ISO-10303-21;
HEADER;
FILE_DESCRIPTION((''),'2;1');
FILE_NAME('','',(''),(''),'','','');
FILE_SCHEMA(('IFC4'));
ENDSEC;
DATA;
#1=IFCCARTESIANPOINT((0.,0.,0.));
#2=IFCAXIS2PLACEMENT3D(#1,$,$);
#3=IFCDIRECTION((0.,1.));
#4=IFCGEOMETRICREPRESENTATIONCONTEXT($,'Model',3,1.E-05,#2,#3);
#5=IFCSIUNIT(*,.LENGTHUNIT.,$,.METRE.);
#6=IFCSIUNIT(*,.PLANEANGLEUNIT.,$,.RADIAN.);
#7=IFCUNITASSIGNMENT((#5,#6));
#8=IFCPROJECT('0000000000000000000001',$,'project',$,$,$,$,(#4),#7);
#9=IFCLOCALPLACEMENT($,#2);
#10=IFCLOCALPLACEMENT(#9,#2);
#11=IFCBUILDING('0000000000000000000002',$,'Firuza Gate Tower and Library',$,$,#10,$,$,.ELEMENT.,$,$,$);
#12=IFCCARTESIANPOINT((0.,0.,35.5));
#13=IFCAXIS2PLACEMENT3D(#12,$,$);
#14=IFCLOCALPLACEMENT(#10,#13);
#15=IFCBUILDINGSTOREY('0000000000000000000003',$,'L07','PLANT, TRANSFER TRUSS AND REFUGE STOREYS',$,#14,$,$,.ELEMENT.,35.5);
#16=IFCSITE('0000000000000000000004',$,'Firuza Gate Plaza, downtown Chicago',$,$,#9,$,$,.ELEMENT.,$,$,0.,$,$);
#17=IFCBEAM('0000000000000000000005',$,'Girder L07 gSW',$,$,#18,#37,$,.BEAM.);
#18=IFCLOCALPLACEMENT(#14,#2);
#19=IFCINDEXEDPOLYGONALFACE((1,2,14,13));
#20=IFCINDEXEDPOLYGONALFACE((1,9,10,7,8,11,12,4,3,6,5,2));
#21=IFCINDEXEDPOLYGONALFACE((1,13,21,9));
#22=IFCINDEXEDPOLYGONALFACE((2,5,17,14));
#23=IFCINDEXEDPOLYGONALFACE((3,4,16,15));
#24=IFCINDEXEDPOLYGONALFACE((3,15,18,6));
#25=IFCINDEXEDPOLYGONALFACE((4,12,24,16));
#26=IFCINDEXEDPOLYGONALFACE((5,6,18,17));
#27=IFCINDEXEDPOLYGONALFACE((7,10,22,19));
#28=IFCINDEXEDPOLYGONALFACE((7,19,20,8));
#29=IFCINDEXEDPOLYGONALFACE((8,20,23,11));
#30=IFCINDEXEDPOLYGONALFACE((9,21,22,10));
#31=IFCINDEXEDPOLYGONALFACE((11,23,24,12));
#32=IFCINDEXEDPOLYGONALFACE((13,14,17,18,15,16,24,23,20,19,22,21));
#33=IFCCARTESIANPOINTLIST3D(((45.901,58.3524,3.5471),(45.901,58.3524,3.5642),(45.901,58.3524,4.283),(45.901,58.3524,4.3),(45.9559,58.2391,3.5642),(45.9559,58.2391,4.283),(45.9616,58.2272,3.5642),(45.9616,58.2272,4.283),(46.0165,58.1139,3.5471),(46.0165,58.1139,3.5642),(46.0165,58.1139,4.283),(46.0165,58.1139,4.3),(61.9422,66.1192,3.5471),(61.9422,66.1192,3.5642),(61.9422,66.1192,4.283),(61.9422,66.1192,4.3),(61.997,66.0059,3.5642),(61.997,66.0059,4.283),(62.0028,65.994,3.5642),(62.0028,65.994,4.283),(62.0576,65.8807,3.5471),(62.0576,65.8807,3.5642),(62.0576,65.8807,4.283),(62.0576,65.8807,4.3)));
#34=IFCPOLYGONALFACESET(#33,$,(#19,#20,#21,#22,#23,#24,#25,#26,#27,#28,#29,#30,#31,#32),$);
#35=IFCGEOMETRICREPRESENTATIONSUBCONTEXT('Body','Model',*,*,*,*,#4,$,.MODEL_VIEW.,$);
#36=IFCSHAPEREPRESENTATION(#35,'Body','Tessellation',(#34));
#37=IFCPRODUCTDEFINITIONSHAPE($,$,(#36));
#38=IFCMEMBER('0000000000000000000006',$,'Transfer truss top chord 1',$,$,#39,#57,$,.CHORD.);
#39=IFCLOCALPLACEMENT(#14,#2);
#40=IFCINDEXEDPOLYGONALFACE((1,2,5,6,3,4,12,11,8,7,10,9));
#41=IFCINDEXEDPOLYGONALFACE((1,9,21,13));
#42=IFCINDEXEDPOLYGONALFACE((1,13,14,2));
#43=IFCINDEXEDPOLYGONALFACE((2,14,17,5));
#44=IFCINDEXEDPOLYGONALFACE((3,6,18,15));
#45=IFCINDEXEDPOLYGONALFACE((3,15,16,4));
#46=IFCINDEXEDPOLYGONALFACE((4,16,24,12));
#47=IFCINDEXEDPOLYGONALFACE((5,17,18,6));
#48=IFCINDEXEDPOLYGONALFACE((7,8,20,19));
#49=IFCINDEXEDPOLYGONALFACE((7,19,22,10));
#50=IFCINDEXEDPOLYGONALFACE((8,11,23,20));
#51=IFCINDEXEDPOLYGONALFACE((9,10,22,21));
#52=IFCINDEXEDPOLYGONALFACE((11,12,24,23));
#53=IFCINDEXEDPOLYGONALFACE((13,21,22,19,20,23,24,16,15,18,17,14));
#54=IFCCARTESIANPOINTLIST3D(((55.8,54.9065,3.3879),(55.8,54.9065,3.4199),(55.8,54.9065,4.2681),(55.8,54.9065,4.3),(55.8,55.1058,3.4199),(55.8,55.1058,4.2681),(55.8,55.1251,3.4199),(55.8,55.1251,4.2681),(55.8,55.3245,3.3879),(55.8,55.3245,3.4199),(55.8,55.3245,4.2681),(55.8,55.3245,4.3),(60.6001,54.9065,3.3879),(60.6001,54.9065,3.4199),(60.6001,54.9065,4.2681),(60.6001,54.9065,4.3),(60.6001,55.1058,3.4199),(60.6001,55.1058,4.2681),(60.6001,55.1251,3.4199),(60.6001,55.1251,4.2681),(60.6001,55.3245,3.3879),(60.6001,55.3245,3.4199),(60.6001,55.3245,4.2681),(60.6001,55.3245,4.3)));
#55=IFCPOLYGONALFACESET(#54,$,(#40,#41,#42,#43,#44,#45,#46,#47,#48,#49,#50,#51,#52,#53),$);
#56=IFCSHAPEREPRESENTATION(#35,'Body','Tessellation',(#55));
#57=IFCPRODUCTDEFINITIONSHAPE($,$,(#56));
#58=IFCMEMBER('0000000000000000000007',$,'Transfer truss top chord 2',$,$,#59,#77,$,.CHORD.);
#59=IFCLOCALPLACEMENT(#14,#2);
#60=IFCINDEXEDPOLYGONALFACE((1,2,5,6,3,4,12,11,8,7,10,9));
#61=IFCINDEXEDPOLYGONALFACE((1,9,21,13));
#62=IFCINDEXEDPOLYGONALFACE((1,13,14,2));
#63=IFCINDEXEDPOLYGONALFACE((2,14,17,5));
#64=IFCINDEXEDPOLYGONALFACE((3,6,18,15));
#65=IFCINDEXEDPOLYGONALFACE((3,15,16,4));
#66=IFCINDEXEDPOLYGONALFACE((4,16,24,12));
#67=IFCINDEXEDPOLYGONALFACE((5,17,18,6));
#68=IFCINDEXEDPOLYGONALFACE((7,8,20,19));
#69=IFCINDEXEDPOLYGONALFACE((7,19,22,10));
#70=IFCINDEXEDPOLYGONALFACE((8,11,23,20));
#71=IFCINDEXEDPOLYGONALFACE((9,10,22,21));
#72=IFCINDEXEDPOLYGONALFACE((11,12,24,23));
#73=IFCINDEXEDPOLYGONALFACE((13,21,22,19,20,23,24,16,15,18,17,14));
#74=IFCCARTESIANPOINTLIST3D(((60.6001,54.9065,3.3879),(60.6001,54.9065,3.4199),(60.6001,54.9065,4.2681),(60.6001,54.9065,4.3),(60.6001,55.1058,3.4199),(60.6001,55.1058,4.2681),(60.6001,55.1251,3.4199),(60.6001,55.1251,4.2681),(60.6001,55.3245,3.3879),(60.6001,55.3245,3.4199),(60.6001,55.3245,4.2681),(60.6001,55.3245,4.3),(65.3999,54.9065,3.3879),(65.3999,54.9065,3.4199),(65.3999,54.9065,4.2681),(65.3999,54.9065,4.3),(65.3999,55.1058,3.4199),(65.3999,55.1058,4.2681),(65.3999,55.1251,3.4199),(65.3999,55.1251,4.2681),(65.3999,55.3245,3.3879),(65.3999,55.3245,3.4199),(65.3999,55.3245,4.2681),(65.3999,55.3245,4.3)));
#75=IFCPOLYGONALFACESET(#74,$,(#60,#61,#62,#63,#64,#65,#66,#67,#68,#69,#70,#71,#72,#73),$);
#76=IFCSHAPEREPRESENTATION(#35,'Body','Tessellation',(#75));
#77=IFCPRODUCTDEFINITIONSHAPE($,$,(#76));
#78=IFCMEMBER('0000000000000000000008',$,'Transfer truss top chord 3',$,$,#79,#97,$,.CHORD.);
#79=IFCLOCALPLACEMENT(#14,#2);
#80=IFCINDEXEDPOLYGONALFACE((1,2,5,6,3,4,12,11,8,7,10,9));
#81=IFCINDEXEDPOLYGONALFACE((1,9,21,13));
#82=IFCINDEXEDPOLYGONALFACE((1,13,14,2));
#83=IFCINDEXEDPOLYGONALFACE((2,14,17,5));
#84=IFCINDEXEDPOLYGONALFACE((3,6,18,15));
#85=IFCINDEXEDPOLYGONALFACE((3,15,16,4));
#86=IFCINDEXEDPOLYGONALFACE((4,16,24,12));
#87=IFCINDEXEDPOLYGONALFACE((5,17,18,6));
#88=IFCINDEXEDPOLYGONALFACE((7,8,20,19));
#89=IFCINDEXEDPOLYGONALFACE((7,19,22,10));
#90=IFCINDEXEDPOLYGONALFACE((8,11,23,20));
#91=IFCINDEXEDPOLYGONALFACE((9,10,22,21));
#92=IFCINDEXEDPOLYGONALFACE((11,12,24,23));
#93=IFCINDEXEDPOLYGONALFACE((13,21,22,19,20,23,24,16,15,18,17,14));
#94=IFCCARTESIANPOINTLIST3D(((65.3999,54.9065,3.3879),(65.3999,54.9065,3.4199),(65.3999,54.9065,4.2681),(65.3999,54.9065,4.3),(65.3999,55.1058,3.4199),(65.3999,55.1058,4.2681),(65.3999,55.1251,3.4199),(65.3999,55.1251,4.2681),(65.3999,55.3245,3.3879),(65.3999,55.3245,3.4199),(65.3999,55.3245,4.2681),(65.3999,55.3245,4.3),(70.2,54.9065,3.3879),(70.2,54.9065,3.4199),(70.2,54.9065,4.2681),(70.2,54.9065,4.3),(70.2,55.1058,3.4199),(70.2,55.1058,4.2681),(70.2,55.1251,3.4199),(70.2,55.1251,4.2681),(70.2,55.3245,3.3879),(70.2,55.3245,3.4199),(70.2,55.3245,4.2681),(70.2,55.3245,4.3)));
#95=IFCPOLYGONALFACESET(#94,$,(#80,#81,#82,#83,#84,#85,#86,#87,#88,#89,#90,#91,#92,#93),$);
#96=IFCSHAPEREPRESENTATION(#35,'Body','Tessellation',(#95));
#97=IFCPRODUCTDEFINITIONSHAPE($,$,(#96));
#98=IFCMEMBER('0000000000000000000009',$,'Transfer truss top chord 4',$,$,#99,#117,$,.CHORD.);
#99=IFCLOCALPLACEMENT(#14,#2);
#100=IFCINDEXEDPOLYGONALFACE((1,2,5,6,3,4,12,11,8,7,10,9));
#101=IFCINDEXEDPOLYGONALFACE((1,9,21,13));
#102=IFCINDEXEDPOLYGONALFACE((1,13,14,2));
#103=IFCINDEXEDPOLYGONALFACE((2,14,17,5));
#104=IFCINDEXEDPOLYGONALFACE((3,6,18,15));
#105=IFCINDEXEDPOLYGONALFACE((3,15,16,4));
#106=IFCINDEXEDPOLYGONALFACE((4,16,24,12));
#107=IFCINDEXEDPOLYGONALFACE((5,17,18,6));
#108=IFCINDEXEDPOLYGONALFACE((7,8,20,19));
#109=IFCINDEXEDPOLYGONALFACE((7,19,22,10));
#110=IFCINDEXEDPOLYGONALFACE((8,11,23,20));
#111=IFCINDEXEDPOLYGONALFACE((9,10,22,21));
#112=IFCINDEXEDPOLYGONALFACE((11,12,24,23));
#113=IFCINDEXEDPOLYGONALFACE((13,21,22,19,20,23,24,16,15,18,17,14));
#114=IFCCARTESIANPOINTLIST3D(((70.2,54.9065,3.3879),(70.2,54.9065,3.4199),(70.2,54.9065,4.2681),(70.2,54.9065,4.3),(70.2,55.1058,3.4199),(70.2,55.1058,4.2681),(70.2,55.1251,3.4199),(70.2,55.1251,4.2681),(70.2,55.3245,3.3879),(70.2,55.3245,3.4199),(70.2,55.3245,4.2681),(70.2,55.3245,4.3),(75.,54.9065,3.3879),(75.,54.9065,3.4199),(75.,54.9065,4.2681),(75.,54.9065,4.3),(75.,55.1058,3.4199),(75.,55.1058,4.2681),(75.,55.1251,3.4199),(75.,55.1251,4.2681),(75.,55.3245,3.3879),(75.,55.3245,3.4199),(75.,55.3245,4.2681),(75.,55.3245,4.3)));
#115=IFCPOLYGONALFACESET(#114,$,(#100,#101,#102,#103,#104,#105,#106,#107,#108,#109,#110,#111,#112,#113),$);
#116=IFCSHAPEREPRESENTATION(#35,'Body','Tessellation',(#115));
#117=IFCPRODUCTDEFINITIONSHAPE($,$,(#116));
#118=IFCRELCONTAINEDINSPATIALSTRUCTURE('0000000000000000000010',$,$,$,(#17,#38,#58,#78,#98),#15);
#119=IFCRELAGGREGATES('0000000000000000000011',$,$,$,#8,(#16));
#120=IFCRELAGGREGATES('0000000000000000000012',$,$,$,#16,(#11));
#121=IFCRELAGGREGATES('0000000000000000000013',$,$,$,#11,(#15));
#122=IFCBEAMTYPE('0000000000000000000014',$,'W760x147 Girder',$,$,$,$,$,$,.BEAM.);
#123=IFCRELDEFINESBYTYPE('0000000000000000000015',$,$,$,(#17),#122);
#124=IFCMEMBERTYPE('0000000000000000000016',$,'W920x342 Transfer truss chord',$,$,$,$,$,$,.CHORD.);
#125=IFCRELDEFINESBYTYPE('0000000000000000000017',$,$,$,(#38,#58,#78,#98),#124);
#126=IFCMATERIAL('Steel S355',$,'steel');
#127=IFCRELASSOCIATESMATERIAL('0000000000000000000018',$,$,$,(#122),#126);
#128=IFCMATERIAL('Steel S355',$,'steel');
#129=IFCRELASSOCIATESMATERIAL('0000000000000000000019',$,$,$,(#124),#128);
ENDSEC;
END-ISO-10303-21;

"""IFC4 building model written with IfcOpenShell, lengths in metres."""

from ifc_helpers import new_model, si_unit, direction, frame, origin, origin_2d, place, context, subcontext, project, spatial, i_section, extrude, material, material_profile, profile_set, type_object, element, save


model = new_model("IFC4")

# Units and contexts
model_context = context("Model", 3, precision=1e-05, world=origin(), true_north=direction((0.0, 1.0)))
body_context = subcontext(model_context, "Body", "Model", "MODEL_VIEW")
ifc_project = project(units=[si_unit("LENGTHUNIT", "METRE"), si_unit("PLANEANGLEUNIT", "RADIAN")], contexts=[model_context])

# Site, building, storey
site_placement = place(None, origin())
site = spatial("IfcSite", under=ifc_project, at=site_placement, Name="Firuza Gate Plaza, downtown Chicago", CompositionType="ELEMENT", RefElevation=0.0)
building_placement = place(site_placement, origin())
building = spatial("IfcBuilding", under=site, at=building_placement, Name="Firuza Gate Tower and Library", CompositionType="ELEMENT")
storey_placement = place(building_placement, frame((0.0, 0.0, 35.5)))
storey = spatial("IfcBuildingStorey", under=building, at=storey_placement, Name="L07", Description="PLANT, TRANSFER TRUSS AND REFUGE STOREYS", CompositionType="ELEMENT", Elevation=35.5)

# Beam
ifc_material_1 = material(Name="Steel S355", Category="steel")
ifc_material_profile_1 = material_profile(ifc_material_1, i_section(OverallWidth=0.2649, OverallDepth=0.7529, WebThickness=0.0132, FlangeThickness=0.0171, at=origin_2d()))
ifc_profile_set_1 = profile_set([ifc_material_profile_1], Name="Steel S355")
beam_type_1 = type_object("IfcBeamType", Name="W760x147 Girder", PredefinedType="BEAM", material=ifc_profile_set_1)
beam_1_placement = place(storey_placement, frame((45.9587, 58.2332, 3.9236), z_axis=(0.90005, 0.435786, 0.0), x_axis=(-0.435786, 0.90005, 0.0)))
element("IfcBeam", 1, at=beam_1_placement, inside=storey, type_object=beam_type_1, Name="Girder L07 gSW", PredefinedType="BEAM", context=body_context, shape_type="SweptSolid", body=[
    extrude(i_section(OverallWidth=0.2649, OverallDepth=0.7529, WebThickness=0.0132, FlangeThickness=0.0171, at=origin_2d()), origin(), (0.0, 0.0, 1.0), 17.8225),
])

# Members
ifc_material_2 = material(Name="Steel S355", Category="steel")
ifc_material_profile_2 = material_profile(ifc_material_2, i_section(OverallWidth=0.418, OverallDepth=0.9121, WebThickness=0.0193, FlangeThickness=0.032, at=origin_2d()))
ifc_profile_set_2 = profile_set([ifc_material_profile_2], Name="Steel S355")
member_type = type_object("IfcMemberType", Name="W920x342 Transfer truss chord", PredefinedType="CHORD", material=ifc_profile_set_2)
member_1_placement = place(storey_placement, frame((55.8, 55.1155, 3.844), z_axis=(1.0, 0.0, 0.0), x_axis=(0.0, 1.0, 0.0)))
element("IfcMember", 2, at=member_1_placement, inside=storey, type_object=member_type, Name="Transfer truss top chord 1", PredefinedType="CHORD", context=body_context, shape_type="SweptSolid", body=[
    extrude(i_section(OverallWidth=0.418, OverallDepth=0.9121, WebThickness=0.0193, FlangeThickness=0.032, at=origin_2d()), origin(), (0.0, 0.0, 1.0), 4.8),
])
member_2_placement = place(storey_placement, frame((60.6001, 55.1155, 3.844), z_axis=(1.0, 0.0, 0.0), x_axis=(0.0, 1.0, 0.0)))
element("IfcMember", 3, at=member_2_placement, inside=storey, type_object=member_type, Name="Transfer truss top chord 2", PredefinedType="CHORD", context=body_context, shape_type="SweptSolid", body=[
    extrude(i_section(OverallWidth=0.418, OverallDepth=0.9121, WebThickness=0.0193, FlangeThickness=0.032, at=origin_2d()), origin(), (0.0, 0.0, 1.0), 4.7998),
])
for number, where, z_axis, x_axis, name in (
    (4, (65.3999, 55.1155, 3.844), (1.0, 0.0, 0.0), (0.0, 1.0, 0.0), "Transfer truss top chord 3"),
    (5, (70.2, 55.1155, 3.844), (1.0, 0.0, 0.0), (0.0, 1.0, 0.0), "Transfer truss top chord 4"),
):
    element("IfcMember", number, at=place(storey_placement, frame(where, z_axis=z_axis, x_axis=x_axis)), inside=storey, type_object=member_type, Name=name, PredefinedType="CHORD", context=body_context, shape_type="SweptSolid", body=[
        extrude(i_section(OverallWidth=0.418, OverallDepth=0.9121, WebThickness=0.0193, FlangeThickness=0.032, at=origin_2d()), origin(), (0.0, 0.0, 1.0), 4.8),
    ])

save(model, "model.ifc")
